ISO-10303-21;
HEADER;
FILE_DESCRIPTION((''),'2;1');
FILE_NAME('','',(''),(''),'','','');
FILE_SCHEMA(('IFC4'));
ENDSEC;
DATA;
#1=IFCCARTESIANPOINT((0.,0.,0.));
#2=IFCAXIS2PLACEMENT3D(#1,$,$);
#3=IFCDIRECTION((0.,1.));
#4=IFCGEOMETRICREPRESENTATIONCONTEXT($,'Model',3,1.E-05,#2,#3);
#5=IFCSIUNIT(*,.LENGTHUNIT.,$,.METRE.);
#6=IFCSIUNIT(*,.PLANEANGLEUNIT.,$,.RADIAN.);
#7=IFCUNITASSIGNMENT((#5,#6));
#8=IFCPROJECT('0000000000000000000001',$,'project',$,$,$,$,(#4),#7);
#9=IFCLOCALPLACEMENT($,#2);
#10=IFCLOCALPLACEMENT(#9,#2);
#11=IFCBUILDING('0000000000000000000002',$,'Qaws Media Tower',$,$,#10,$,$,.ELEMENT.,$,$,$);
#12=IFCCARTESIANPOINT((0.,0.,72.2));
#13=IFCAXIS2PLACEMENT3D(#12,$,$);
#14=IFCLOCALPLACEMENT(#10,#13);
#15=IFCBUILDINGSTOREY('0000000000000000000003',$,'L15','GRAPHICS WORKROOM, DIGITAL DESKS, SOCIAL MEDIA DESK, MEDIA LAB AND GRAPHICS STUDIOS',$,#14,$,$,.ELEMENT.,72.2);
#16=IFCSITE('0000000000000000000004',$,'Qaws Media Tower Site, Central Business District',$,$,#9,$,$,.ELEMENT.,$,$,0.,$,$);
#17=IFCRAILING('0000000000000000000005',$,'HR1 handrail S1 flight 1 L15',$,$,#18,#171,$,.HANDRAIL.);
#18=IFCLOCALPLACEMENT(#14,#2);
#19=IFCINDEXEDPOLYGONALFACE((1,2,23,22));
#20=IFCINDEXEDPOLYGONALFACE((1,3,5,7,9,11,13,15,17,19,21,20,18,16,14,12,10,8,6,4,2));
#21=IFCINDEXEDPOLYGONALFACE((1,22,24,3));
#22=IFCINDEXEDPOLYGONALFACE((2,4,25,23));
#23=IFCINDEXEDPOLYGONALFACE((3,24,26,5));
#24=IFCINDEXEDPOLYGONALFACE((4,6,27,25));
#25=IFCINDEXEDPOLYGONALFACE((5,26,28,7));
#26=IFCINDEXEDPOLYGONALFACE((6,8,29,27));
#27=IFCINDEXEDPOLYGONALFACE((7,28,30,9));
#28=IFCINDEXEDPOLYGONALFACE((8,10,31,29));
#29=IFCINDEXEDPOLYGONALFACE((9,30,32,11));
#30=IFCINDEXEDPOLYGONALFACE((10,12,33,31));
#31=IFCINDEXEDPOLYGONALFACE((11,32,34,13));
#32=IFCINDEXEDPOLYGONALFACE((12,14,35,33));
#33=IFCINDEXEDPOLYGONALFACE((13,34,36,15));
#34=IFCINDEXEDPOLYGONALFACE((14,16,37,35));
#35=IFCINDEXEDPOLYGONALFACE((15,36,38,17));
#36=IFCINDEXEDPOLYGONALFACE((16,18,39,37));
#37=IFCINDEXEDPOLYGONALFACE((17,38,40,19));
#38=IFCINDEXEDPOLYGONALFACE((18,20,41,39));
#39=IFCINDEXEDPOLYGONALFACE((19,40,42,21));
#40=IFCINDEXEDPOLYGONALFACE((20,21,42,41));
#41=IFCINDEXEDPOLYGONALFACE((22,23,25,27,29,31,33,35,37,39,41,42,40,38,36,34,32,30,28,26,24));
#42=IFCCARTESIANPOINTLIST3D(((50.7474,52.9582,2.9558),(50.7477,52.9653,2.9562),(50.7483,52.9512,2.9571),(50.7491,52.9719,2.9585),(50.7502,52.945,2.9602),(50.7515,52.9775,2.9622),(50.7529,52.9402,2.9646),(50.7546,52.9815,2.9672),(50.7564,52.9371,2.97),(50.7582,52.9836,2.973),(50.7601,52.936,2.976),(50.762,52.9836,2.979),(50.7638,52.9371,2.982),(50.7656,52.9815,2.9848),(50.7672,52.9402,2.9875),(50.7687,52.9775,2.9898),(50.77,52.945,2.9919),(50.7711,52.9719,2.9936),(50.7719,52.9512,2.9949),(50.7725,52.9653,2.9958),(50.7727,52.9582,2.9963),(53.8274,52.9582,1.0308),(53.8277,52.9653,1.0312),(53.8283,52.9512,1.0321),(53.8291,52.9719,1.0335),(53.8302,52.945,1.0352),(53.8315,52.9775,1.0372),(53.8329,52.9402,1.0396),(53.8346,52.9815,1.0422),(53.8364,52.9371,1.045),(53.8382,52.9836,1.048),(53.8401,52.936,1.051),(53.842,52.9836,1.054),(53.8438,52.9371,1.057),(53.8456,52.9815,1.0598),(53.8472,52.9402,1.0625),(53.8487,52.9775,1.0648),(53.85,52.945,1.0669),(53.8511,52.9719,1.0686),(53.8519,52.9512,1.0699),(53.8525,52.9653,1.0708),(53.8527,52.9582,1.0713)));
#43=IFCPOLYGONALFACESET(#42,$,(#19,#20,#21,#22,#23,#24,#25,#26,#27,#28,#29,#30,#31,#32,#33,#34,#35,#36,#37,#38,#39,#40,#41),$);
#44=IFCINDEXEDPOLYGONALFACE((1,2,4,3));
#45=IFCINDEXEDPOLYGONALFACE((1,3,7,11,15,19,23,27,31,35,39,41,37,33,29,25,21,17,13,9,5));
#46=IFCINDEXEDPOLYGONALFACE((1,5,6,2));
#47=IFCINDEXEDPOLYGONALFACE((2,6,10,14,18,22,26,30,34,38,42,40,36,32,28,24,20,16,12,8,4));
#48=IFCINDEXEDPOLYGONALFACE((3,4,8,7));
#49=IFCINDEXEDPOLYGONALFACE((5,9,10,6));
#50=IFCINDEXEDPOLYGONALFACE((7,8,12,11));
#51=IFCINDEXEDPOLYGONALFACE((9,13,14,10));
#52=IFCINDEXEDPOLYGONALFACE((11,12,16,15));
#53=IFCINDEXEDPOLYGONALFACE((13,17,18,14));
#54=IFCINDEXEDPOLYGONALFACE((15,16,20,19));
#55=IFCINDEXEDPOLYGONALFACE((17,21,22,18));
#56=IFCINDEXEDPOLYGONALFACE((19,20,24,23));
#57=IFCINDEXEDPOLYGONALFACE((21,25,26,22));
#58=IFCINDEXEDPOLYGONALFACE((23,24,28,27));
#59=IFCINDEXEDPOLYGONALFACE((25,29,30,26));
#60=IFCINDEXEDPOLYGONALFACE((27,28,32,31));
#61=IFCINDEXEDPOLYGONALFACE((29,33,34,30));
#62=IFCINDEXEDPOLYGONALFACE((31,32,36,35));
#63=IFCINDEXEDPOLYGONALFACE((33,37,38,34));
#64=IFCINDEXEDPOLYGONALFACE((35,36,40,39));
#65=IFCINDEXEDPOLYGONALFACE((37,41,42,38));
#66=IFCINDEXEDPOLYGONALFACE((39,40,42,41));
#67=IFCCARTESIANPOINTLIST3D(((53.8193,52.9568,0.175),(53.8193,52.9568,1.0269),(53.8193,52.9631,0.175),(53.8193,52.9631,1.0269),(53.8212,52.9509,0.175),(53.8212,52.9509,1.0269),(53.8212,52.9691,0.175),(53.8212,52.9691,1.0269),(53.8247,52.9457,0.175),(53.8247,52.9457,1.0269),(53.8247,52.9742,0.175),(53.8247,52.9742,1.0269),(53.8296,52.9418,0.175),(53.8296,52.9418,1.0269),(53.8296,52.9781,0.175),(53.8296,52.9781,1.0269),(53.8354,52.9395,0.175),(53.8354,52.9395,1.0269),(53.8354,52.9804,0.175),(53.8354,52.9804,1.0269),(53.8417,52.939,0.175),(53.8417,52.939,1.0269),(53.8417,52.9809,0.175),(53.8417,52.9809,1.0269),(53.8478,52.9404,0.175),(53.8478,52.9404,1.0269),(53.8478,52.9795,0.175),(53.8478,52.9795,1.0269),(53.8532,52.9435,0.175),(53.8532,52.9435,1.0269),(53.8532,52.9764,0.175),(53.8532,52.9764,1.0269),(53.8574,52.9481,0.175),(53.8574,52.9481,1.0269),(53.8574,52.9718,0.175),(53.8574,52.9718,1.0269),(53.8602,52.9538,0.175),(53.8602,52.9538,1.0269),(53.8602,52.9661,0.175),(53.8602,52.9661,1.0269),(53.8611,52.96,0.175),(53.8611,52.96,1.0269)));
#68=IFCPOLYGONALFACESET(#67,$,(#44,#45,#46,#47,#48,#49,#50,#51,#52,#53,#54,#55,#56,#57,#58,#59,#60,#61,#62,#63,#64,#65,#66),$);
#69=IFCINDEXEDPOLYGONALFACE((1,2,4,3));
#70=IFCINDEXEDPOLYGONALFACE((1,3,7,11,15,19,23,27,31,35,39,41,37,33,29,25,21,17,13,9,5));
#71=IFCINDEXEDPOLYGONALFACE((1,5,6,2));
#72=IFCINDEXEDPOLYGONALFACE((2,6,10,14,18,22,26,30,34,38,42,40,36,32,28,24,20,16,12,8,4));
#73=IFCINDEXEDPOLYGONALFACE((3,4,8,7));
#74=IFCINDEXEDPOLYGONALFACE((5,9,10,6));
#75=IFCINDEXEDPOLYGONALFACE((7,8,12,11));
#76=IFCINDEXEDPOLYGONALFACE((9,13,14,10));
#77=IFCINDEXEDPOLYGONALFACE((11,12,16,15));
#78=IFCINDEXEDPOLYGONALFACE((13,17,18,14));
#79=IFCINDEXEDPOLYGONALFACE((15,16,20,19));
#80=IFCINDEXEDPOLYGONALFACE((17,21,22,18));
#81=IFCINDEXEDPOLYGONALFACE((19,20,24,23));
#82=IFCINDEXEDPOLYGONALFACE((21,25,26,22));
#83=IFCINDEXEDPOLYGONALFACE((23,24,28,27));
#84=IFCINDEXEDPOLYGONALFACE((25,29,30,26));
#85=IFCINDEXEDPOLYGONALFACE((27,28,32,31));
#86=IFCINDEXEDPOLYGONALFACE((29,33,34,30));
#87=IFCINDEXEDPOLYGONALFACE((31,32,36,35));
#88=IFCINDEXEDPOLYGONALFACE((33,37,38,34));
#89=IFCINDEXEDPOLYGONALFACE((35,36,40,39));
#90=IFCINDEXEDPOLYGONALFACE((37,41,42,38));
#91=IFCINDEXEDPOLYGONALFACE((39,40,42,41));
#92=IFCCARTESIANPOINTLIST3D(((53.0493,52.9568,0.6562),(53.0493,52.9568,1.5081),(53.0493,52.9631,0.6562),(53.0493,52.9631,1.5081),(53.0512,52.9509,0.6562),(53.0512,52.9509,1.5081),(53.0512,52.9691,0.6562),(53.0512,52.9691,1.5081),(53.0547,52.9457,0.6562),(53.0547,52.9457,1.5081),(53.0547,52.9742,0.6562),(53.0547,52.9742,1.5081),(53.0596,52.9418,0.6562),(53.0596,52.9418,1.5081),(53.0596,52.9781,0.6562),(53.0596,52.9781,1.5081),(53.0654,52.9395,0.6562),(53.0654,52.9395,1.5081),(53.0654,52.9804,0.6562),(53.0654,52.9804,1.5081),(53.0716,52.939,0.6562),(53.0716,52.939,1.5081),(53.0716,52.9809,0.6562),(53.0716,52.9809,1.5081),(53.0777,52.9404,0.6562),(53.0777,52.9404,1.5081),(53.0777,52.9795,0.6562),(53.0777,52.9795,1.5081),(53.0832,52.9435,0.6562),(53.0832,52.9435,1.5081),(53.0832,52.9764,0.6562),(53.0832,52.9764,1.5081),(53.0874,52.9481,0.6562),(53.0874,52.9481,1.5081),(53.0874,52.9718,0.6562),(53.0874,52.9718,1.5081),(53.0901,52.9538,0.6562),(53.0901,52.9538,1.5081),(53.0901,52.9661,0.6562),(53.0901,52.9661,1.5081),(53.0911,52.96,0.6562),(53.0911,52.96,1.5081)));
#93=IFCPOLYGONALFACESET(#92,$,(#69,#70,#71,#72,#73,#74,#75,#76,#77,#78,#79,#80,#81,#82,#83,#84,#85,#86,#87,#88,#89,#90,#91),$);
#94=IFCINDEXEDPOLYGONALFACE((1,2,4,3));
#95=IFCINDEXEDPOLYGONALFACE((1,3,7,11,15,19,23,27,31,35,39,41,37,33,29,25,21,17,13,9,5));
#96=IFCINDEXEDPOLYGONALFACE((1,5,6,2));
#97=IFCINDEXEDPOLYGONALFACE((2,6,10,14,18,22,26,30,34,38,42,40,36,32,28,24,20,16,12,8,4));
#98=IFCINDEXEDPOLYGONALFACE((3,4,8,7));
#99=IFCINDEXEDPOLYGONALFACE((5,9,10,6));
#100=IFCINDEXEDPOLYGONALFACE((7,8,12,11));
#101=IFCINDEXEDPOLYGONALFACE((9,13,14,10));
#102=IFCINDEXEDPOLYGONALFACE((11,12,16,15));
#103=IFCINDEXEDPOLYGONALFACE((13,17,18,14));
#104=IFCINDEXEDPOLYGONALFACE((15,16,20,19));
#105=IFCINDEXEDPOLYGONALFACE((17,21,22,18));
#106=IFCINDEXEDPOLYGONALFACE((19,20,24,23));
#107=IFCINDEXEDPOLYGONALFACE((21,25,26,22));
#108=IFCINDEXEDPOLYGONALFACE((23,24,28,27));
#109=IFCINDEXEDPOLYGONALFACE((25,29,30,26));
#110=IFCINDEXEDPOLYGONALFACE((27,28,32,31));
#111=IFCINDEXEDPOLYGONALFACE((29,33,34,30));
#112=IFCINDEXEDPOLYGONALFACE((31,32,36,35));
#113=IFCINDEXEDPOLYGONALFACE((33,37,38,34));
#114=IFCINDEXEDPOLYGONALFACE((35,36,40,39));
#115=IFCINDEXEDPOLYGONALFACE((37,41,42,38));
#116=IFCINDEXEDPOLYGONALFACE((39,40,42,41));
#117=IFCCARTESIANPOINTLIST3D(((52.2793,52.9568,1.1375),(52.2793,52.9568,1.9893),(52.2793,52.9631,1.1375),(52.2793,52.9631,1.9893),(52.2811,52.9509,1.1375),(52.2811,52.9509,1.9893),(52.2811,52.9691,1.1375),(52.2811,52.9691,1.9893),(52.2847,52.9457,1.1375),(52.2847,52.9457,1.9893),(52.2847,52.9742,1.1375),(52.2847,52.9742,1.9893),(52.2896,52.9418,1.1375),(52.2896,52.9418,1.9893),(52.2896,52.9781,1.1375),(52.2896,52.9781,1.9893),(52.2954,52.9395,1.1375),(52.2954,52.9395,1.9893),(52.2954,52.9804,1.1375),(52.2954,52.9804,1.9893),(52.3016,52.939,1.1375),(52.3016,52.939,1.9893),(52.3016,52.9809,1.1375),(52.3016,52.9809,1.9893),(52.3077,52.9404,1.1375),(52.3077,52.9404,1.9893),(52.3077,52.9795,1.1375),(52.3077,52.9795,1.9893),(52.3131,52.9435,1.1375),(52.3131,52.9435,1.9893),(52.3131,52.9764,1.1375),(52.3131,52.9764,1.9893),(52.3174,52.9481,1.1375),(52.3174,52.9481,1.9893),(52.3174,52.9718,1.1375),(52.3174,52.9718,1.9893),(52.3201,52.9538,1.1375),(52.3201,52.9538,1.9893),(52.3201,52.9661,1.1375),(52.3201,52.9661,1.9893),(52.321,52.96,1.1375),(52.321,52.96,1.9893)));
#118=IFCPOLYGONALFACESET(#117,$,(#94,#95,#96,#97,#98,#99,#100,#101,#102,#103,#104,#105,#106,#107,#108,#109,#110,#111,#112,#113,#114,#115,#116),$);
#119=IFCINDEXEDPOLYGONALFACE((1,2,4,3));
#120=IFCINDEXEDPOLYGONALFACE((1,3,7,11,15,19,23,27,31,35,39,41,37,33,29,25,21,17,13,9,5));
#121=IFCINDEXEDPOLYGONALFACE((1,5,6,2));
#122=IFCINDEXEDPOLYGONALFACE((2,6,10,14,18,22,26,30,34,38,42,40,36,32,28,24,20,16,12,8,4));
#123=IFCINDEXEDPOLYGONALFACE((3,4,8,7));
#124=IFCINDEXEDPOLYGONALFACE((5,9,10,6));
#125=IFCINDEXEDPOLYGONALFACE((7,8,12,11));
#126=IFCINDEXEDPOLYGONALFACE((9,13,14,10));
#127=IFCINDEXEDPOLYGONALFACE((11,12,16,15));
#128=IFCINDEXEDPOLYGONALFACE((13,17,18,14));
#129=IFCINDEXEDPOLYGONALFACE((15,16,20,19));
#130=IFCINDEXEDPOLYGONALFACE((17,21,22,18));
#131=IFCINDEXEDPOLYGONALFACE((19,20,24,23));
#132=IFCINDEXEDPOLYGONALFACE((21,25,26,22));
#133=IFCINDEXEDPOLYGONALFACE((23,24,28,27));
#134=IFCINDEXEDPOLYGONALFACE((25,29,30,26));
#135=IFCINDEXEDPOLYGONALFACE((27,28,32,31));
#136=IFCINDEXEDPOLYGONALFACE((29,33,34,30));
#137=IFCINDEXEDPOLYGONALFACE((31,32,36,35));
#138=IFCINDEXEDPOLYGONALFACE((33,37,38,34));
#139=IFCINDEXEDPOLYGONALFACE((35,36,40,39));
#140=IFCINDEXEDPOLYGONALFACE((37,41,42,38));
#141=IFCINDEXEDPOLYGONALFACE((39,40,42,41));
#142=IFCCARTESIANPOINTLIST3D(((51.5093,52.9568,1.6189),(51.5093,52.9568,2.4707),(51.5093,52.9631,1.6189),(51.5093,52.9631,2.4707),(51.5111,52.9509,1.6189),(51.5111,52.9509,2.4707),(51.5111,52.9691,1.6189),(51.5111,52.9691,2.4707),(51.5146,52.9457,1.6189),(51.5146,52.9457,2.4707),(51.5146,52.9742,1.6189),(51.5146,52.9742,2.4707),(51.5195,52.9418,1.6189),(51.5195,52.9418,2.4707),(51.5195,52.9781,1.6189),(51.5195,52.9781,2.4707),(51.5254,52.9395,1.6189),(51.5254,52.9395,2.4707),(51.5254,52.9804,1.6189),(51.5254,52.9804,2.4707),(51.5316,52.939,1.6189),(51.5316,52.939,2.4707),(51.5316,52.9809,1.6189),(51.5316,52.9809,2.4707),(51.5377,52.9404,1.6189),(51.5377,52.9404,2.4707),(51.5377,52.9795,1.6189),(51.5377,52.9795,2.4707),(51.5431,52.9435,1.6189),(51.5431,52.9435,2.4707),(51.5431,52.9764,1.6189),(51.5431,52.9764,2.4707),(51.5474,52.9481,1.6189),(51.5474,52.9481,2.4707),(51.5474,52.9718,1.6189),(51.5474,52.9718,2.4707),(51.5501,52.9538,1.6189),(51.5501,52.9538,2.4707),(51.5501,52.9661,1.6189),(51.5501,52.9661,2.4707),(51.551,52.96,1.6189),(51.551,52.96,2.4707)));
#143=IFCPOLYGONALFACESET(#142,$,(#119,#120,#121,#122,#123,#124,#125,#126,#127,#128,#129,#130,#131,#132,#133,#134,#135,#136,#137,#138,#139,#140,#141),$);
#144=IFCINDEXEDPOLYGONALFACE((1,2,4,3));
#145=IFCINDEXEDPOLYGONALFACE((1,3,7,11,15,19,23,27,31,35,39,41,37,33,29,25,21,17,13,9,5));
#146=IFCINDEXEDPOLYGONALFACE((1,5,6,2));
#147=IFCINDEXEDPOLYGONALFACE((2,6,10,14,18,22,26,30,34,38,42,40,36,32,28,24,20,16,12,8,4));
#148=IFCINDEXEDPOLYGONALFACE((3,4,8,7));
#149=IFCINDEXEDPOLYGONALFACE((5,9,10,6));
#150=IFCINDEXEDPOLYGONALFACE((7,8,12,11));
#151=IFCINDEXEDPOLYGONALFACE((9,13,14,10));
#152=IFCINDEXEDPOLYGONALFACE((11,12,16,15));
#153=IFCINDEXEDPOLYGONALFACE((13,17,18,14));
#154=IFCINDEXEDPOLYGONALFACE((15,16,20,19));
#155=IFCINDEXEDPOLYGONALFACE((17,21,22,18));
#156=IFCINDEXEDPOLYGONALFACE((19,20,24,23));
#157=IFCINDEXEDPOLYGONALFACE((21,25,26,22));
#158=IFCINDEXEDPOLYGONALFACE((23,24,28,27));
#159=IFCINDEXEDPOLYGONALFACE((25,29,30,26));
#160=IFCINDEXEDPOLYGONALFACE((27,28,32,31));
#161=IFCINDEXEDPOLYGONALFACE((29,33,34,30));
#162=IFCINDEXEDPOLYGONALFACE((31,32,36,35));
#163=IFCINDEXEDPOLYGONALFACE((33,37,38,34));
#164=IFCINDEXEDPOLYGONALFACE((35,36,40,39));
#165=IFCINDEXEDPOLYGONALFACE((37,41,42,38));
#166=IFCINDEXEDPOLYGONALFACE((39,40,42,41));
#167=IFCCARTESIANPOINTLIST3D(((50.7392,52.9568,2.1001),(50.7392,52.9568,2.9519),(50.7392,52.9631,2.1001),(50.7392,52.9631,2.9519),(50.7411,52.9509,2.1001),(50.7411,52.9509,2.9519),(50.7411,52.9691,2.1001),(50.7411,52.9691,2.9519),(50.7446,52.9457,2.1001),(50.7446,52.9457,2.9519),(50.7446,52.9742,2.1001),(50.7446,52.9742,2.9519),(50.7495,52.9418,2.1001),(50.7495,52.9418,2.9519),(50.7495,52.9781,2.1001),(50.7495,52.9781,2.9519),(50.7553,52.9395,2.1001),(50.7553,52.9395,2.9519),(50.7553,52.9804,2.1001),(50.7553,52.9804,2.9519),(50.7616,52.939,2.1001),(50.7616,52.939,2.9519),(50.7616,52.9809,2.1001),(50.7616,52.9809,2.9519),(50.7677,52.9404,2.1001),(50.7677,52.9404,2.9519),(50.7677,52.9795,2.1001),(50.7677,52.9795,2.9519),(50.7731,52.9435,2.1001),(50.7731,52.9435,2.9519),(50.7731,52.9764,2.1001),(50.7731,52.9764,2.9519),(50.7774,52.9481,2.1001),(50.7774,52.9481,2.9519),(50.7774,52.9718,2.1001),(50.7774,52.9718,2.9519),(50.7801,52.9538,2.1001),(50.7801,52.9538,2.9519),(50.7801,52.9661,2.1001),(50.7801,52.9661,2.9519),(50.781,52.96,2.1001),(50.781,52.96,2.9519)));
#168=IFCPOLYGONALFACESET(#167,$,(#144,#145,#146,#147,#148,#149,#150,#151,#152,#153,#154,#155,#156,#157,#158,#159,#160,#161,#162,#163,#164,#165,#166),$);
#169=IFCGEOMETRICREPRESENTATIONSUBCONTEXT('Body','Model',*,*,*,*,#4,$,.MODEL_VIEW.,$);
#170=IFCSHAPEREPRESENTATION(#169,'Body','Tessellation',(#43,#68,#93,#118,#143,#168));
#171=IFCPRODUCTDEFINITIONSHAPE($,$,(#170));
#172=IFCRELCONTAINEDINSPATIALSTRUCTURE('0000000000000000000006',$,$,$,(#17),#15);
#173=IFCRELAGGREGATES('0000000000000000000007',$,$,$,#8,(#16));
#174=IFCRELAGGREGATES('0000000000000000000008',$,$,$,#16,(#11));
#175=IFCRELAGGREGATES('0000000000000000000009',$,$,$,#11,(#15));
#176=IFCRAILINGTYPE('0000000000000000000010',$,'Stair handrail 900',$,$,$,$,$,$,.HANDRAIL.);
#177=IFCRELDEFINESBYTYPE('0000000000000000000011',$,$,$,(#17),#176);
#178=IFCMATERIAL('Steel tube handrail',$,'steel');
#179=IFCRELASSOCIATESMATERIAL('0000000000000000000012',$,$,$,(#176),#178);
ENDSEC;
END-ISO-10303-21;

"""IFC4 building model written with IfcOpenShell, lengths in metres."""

from ifc_helpers import new_model, si_unit, direction, frame, origin, origin_2d, place, context, subcontext, project, spatial, circle, extrude, material, type_object, element, save


model = new_model("IFC4")

# Units and contexts
model_context = context("Model", 3, precision=1e-05, world=origin(), true_north=direction((0.0, 1.0)))
body_context = subcontext(model_context, "Body", "Model", "MODEL_VIEW")
ifc_project = project(units=[si_unit("LENGTHUNIT", "METRE"), si_unit("PLANEANGLEUNIT", "RADIAN")], contexts=[model_context])

# Site, building, storey
site_placement = place(None, origin())
site = spatial("IfcSite", under=ifc_project, at=site_placement, Name="Qaws Media Tower Site, Central Business District", CompositionType="ELEMENT", RefElevation=0.0)
building_placement = place(site_placement, origin())
building = spatial("IfcBuilding", under=site, at=building_placement, Name="Qaws Media Tower", CompositionType="ELEMENT")
storey_placement = place(building_placement, frame((0.0, 0.0, 72.2)))
storey = spatial("IfcBuildingStorey", under=building, at=storey_placement, Name="L15", Description="GRAPHICS WORKROOM, DIGITAL DESKS, SOCIAL MEDIA DESK, MEDIA LAB AND GRAPHICS STUDIOS", CompositionType="ELEMENT", Elevation=72.2)

# Railing
ifc_material_1 = material(Name="Steel tube handrail", Category="steel")
railing_type = type_object("IfcRailingType", Name="Stair handrail 900", PredefinedType="HANDRAIL", material=ifc_material_1)
for number, where, name in (
    (1, (53.8401, 52.96, 0.175), "HR1 handrail S1 flight 1 L15"),
):
    element("IfcRailing", number, at=place(storey_placement, frame(where)), inside=storey, type_object=railing_type, Name=name, PredefinedType="HANDRAIL", context=body_context, shape_type="SweptSolid", body=[
        extrude(circle(Radius=0.0239, at=origin_2d()), frame((0.0, 0.0, 0.876), z_axis=(-0.847998, 0.0, 0.529999), x_axis=(0.0, -1.0, 0.0)), (0.0, 0.0, 1.0), 3.6321),
        extrude(circle(Radius=0.021, at=origin_2d()), origin(), (0.0, 0.0, 1.0), 0.8518),
        extrude(circle(Radius=0.021, at=origin_2d()), frame((-0.77, 0.0, 0.4812)), (0.0, 0.0, 1.0), 0.8518),
        extrude(circle(Radius=0.021, at=origin_2d()), frame((-1.54, 0.0, 0.9624)), (0.0, 0.0, 1.0), 0.8518),
        extrude(circle(Radius=0.021, at=origin_2d()), frame((-2.3101, 0.0, 1.4438)), (0.0, 0.0, 1.0), 0.8518),
        extrude(circle(Radius=0.021, at=origin_2d()), frame((-3.0801, 0.0, 1.925)), (0.0, 0.0, 1.0), 0.8518),
    ])

save(model, "model.ifc")
